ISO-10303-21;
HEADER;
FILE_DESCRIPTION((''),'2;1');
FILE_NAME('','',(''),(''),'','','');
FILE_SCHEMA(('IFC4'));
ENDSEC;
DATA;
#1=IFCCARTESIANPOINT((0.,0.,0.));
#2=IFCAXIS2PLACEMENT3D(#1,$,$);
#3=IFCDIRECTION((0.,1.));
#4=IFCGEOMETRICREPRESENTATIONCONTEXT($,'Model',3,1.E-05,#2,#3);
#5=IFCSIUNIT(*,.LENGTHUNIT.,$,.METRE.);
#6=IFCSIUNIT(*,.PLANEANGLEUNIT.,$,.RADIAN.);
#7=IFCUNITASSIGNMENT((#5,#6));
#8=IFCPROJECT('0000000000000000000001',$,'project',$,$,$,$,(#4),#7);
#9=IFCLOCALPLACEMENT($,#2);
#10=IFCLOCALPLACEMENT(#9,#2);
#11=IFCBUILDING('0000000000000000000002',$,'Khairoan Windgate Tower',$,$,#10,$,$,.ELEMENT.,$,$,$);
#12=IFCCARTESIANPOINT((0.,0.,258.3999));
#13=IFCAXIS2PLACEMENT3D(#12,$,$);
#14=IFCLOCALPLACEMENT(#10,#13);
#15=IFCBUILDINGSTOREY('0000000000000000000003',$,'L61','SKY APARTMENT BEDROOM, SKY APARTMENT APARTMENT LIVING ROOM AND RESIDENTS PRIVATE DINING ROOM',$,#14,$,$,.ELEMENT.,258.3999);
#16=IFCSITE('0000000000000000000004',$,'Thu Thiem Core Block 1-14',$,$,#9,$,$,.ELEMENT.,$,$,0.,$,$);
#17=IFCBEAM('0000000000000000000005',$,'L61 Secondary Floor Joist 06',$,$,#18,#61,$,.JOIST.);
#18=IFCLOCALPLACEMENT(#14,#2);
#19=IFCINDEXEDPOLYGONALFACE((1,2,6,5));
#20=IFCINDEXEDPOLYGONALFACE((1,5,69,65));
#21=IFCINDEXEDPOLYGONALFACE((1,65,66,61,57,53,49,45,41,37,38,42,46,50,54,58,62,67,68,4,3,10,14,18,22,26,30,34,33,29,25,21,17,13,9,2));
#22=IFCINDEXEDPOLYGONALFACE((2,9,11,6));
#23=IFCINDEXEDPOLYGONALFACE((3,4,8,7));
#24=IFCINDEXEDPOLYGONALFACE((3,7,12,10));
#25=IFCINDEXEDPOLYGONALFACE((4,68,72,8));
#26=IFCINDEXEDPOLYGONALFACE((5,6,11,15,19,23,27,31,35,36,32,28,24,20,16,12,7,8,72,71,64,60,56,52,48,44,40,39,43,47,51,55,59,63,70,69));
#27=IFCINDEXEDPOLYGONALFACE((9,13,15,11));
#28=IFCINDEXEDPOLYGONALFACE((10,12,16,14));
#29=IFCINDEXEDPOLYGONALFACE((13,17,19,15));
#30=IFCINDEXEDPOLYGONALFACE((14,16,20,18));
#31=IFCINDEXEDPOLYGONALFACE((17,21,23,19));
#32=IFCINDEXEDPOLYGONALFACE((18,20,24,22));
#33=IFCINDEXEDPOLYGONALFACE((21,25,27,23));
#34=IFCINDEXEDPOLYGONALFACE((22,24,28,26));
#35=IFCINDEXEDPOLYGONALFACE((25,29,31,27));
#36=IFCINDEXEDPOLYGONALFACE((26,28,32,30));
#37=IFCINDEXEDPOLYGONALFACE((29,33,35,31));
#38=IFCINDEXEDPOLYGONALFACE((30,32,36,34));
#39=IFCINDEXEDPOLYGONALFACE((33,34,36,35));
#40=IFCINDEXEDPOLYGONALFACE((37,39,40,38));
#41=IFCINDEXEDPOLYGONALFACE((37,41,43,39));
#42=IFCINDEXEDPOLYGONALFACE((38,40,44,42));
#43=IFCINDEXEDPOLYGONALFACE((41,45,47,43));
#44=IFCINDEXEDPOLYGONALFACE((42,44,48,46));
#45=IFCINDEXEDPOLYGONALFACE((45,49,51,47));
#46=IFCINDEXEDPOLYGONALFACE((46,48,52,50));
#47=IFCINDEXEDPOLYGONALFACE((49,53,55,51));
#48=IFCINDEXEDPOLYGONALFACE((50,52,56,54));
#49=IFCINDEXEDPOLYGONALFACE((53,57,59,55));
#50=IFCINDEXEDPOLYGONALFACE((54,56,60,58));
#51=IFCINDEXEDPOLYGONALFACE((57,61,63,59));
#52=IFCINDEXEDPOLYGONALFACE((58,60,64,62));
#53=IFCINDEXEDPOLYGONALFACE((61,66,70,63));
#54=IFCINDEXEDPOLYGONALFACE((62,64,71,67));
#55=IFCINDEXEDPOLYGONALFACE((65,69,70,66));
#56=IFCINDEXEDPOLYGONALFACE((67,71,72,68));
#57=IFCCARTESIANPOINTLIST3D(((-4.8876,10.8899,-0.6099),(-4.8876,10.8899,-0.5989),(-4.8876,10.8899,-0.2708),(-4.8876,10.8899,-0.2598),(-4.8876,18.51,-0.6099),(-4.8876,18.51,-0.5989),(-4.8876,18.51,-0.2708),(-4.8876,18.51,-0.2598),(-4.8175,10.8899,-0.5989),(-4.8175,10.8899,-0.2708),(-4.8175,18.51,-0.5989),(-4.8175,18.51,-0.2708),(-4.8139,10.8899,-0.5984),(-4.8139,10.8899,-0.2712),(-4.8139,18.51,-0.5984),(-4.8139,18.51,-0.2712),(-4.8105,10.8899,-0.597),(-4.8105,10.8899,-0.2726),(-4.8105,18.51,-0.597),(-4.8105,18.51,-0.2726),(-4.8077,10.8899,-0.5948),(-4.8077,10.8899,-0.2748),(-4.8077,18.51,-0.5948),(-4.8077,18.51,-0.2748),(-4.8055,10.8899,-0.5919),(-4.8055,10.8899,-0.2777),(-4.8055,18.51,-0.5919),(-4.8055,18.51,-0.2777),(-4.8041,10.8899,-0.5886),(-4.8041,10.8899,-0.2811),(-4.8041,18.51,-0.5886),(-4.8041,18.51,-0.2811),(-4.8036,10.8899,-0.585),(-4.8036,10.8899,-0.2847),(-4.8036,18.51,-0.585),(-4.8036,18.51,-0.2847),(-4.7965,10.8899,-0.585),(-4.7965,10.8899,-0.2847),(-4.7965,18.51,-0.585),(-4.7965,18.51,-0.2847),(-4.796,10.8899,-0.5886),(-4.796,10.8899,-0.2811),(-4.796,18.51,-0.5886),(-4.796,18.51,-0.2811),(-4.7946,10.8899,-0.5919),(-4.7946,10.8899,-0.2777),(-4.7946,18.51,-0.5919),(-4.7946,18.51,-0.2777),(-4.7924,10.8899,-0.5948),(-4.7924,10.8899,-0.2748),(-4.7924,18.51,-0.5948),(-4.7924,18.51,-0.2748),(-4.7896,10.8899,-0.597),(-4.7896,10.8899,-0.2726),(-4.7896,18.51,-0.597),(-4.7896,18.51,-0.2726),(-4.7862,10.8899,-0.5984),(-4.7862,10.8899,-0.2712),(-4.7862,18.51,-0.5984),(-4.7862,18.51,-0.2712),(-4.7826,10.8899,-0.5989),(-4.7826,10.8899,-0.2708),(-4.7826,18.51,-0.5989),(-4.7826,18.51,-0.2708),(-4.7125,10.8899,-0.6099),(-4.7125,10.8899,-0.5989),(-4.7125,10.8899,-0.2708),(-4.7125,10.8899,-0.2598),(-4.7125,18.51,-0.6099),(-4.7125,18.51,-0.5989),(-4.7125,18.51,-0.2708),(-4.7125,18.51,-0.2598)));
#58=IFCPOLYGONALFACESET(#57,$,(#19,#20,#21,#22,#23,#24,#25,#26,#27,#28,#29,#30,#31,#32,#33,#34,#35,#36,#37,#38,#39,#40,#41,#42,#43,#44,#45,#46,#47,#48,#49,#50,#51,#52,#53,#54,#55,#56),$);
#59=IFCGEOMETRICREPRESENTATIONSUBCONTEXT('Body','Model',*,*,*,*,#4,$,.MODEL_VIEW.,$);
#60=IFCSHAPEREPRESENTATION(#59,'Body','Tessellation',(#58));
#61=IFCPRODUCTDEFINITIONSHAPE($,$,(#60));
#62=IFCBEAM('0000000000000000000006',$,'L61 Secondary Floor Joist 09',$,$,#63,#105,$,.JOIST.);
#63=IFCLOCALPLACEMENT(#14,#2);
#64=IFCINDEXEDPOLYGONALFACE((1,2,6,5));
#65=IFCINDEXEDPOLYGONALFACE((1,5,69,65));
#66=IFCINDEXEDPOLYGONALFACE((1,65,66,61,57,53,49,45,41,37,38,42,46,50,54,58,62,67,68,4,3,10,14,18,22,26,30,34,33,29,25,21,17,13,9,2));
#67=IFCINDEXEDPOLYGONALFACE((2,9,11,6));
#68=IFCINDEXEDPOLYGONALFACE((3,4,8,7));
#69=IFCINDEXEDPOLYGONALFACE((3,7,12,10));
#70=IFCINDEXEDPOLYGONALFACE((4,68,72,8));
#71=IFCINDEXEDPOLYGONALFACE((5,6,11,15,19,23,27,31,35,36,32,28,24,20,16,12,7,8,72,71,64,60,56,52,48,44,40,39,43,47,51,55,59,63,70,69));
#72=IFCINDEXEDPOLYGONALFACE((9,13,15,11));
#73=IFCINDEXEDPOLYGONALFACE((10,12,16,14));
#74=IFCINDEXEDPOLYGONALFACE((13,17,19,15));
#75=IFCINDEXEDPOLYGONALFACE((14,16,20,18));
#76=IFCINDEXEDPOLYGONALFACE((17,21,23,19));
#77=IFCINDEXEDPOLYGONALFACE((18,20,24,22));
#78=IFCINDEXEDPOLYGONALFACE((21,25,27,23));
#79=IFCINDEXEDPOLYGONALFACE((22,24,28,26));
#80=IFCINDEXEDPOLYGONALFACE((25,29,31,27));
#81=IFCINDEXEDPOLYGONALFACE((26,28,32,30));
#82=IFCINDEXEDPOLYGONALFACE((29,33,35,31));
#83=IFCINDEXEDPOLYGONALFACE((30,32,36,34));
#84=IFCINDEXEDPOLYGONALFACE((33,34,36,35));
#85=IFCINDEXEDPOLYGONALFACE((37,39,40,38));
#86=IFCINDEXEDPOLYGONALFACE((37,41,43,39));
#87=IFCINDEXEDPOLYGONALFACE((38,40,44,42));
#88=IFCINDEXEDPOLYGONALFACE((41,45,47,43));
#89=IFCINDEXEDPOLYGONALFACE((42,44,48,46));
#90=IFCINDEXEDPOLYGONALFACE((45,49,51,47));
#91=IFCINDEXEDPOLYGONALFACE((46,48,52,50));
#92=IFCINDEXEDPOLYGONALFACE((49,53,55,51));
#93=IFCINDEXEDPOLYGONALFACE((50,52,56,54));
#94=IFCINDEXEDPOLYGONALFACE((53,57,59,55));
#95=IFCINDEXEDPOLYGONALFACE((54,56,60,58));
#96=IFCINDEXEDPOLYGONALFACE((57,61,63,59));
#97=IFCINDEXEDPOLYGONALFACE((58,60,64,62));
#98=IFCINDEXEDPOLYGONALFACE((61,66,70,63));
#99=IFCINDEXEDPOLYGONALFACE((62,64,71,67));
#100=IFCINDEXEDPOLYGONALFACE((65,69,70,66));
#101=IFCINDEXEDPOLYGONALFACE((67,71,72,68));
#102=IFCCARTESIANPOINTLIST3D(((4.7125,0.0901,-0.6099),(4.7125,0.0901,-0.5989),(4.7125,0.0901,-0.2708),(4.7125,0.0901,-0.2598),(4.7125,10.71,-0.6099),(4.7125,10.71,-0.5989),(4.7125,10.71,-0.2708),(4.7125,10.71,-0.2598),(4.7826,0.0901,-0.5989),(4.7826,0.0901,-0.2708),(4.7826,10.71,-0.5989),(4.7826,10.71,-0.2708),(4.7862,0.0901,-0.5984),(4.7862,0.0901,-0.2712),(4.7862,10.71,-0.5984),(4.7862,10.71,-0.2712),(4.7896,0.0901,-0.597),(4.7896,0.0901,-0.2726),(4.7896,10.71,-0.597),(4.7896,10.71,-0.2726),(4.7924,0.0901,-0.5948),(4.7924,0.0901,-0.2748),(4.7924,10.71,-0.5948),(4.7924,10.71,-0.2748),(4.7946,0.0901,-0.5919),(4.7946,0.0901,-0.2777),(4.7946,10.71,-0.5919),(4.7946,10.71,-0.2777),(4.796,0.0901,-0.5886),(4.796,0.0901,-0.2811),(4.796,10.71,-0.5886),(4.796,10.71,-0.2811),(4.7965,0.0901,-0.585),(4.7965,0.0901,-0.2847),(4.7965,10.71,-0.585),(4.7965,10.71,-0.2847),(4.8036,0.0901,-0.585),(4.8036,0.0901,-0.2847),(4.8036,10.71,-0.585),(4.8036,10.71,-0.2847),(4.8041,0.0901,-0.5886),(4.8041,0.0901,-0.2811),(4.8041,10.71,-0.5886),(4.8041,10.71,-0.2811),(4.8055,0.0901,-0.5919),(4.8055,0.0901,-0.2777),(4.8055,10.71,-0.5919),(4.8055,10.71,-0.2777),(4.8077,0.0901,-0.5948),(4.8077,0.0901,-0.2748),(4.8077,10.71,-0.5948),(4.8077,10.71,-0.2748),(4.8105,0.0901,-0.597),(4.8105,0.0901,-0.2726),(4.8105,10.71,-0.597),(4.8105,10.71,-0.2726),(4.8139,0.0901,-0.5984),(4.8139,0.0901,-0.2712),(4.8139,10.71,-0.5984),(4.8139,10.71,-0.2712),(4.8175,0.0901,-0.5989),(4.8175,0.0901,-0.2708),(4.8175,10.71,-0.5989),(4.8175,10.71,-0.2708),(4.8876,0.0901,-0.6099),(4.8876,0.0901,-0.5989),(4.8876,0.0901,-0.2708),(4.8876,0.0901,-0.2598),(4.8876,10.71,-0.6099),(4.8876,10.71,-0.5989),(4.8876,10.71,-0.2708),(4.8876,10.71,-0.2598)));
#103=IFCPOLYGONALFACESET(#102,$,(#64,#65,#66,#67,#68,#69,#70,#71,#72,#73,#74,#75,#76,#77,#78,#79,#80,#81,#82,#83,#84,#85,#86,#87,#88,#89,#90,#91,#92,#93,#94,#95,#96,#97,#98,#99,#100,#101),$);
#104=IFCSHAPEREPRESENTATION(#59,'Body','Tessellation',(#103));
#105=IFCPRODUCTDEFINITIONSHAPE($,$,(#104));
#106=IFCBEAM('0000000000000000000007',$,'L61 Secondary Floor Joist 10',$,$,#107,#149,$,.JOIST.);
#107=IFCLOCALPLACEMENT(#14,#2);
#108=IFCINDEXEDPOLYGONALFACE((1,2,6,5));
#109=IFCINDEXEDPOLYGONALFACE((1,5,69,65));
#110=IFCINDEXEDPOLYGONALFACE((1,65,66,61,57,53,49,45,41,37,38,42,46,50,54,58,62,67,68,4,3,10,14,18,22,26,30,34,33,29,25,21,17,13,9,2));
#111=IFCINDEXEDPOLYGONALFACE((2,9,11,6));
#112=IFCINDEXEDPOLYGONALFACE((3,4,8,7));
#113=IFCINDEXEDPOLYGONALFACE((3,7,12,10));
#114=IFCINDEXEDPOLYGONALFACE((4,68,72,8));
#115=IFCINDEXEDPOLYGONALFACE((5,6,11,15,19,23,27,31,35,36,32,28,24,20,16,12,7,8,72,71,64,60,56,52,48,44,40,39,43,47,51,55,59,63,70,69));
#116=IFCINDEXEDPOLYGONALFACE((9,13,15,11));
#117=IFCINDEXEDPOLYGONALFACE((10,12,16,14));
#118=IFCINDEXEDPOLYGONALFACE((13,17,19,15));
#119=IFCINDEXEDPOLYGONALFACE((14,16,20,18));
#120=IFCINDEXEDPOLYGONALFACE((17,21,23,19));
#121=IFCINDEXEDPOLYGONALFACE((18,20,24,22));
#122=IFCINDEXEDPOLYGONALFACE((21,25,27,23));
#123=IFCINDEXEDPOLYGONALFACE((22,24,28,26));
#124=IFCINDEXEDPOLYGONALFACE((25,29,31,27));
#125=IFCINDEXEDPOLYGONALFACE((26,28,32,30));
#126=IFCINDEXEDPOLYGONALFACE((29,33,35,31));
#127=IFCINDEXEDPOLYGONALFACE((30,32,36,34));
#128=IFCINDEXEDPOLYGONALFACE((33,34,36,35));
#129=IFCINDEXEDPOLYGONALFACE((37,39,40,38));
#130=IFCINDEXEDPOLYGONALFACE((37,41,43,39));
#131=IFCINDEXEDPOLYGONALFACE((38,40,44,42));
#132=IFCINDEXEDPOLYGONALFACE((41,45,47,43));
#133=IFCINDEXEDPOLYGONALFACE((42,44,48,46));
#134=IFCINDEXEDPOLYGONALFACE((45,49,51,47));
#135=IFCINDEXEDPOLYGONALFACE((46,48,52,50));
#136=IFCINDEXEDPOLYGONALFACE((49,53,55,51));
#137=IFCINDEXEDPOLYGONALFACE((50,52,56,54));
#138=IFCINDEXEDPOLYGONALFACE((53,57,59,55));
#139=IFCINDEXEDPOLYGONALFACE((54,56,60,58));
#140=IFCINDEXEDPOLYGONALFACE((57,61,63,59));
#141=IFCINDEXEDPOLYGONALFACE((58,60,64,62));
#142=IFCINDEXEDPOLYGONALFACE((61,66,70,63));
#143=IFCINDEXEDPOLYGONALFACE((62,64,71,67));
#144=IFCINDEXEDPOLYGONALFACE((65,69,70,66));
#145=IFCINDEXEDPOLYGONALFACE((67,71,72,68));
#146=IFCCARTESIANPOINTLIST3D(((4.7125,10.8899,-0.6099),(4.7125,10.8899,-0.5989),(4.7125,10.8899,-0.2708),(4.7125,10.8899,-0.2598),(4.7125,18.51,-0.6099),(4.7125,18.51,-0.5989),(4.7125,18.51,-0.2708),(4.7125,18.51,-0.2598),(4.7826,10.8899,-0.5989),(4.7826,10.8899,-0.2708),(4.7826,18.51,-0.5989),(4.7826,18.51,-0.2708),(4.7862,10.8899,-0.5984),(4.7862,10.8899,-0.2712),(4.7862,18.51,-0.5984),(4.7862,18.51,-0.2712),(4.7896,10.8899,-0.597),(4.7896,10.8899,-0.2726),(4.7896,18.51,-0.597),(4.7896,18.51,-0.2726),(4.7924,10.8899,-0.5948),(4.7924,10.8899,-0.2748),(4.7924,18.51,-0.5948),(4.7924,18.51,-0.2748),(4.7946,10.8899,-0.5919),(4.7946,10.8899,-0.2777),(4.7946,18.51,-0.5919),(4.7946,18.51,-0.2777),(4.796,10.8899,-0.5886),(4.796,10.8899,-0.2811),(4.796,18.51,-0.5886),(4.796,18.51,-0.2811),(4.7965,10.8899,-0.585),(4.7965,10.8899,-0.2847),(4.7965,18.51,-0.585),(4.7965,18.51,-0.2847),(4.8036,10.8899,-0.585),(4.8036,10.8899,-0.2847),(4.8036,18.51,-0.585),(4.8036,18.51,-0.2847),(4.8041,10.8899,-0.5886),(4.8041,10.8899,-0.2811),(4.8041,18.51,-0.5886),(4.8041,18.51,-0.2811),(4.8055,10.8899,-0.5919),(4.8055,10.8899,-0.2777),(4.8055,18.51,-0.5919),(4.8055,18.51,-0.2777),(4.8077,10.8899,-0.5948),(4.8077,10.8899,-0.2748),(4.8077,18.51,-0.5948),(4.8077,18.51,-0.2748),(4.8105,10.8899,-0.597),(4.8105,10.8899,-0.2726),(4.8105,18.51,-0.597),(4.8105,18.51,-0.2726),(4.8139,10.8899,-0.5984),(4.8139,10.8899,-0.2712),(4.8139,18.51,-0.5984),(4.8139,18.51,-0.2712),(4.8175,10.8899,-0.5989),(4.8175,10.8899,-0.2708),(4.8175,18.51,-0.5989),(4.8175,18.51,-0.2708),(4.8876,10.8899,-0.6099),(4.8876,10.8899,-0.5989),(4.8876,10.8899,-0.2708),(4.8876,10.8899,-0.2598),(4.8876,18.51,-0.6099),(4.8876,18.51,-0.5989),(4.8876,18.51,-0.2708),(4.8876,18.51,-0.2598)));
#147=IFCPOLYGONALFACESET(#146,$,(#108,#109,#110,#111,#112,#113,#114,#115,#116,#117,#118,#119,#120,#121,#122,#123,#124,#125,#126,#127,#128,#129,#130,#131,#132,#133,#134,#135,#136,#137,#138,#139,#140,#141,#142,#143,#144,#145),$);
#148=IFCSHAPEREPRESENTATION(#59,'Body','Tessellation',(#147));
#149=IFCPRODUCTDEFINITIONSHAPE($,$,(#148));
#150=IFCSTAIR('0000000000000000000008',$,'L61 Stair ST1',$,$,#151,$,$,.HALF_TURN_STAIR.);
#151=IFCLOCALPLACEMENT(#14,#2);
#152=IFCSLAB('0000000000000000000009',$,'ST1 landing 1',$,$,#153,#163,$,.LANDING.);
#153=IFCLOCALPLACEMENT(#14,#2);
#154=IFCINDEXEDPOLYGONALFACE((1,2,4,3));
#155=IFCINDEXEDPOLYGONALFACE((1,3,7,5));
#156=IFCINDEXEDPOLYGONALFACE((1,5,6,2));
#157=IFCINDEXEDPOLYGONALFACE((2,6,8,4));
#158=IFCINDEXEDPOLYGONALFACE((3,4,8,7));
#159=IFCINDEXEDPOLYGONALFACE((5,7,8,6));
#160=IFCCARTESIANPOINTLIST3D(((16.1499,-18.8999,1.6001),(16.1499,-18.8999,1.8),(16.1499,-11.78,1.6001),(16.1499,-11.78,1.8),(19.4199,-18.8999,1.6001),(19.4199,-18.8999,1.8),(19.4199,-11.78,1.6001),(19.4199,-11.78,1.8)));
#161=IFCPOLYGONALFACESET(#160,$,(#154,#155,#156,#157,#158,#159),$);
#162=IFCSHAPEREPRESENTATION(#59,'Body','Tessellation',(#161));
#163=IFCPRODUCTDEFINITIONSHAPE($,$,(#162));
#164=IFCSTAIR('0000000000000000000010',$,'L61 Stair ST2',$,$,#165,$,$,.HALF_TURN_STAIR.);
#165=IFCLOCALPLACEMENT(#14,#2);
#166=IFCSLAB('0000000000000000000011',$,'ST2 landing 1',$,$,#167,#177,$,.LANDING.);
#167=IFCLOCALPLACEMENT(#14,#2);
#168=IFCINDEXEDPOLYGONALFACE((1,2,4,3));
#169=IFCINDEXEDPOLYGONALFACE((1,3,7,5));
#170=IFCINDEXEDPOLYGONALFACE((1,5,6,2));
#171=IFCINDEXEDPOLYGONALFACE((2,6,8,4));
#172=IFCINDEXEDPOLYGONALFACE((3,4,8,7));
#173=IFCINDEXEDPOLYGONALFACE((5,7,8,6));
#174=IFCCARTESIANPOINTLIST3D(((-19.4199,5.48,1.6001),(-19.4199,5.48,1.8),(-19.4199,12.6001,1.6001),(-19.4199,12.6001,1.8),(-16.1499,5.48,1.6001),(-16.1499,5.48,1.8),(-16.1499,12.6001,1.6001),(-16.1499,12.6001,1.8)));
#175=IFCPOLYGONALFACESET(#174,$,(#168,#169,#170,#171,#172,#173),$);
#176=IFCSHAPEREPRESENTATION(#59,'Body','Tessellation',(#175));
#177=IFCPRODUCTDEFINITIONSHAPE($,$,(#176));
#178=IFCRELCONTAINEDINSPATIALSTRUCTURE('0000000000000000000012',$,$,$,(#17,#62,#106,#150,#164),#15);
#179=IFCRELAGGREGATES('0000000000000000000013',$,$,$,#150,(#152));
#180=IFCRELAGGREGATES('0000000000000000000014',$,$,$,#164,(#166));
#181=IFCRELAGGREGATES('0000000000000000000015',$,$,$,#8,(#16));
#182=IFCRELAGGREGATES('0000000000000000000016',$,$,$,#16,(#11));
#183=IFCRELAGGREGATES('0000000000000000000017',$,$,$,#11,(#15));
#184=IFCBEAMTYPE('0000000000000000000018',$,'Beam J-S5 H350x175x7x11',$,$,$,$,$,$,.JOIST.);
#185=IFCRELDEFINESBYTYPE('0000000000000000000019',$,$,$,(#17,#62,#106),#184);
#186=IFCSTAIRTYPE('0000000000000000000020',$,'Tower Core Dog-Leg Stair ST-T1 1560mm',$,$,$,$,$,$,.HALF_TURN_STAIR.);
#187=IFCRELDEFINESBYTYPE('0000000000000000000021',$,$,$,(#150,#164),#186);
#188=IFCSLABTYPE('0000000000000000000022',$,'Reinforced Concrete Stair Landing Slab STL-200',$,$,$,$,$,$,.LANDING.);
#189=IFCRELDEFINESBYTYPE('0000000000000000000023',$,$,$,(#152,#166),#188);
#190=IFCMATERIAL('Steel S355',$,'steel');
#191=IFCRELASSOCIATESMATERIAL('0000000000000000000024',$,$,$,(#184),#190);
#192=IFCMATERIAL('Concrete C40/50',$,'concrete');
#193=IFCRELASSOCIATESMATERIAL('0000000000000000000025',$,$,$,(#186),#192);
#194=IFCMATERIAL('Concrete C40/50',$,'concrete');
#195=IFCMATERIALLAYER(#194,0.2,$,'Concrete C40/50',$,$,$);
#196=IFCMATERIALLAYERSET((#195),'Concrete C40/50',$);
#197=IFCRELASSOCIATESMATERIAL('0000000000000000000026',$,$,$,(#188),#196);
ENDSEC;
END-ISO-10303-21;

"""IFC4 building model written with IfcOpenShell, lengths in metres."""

from ifc_helpers import new_model, si_unit, direction, frame, origin, origin_2d, place, context, subcontext, project, spatial, polyline, i_section, outline, extrude, material, layer, layer_set, material_profile, profile_set, type_object, element, aggregate, save


model = new_model("IFC4")

# Units and contexts
model_context = context("Model", 3, precision=1e-05, world=origin(), true_north=direction((0.0, 1.0)))
body_context = subcontext(model_context, "Body", "Model", "MODEL_VIEW")
ifc_project = project(units=[si_unit("LENGTHUNIT", "METRE"), si_unit("PLANEANGLEUNIT", "RADIAN")], contexts=[model_context])

# Site, building, storey
site_placement = place(None, origin())
site = spatial("IfcSite", under=ifc_project, at=site_placement, Name="Thu Thiem Core Block 1-14", CompositionType="ELEMENT", RefElevation=0.0)
building_placement = place(site_placement, origin())
building = spatial("IfcBuilding", under=site, at=building_placement, Name="Khairoan Windgate Tower", CompositionType="ELEMENT")
storey_placement = place(building_placement, frame((0.0, 0.0, 258.3999)))
storey = spatial("IfcBuildingStorey", under=building, at=storey_placement, Name="L61", Description="SKY APARTMENT BEDROOM, SKY APARTMENT APARTMENT LIVING ROOM AND RESIDENTS PRIVATE DINING ROOM", CompositionType="ELEMENT", Elevation=258.3999)

# Beams
ifc_material_1 = material(Name="Steel S355", Category="steel")
ifc_material_profile_1 = material_profile(ifc_material_1, i_section(OverallWidth=0.175, OverallDepth=0.3501, WebThickness=0.0071, FlangeThickness=0.011, FilletRadius=0.0139, at=origin_2d()))
ifc_profile_set_1 = profile_set([ifc_material_profile_1], Name="Steel S355")
beam_type_1 = type_object("IfcBeamType", Name="Beam J-S5 H350x175x7x11", PredefinedType="JOIST", material=ifc_profile_set_1)
beam_1_placement = place(storey_placement, frame((-4.8, 10.8899, -0.4348), z_axis=(0.0, 1.0, 0.0), x_axis=(-1.0, 0.0, 0.0)))
element("IfcBeam", 1, at=beam_1_placement, inside=storey, type_object=beam_type_1, Name="L61 Secondary Floor Joist 06", PredefinedType="JOIST", context=body_context, shape_type="SweptSolid", body=[
    extrude(i_section(OverallWidth=0.175, OverallDepth=0.3501, WebThickness=0.0071, FlangeThickness=0.011, FilletRadius=0.0139, at=origin_2d()), origin(), (0.0, 0.0, 1.0), 7.6201),
])
beam_2_placement = place(storey_placement, frame((4.8, 0.0901, -0.4348), z_axis=(0.0, 1.0, 0.0), x_axis=(-1.0, 0.0, 0.0)))
element("IfcBeam", 2, at=beam_2_placement, inside=storey, type_object=beam_type_1, Name="L61 Secondary Floor Joist 09", PredefinedType="JOIST", context=body_context, shape_type="SweptSolid", body=[
    extrude(i_section(OverallWidth=0.175, OverallDepth=0.3501, WebThickness=0.0071, FlangeThickness=0.011, FilletRadius=0.0139, at=origin_2d()), origin(), (0.0, 0.0, 1.0), 10.6199),
])
beam_3_placement = place(storey_placement, frame((4.8, 10.8899, -0.4348), z_axis=(0.0, 1.0, 0.0), x_axis=(-1.0, 0.0, 0.0)))
element("IfcBeam", 3, at=beam_3_placement, inside=storey, type_object=beam_type_1, Name="L61 Secondary Floor Joist 10", PredefinedType="JOIST", context=body_context, shape_type="SweptSolid", body=[
    extrude(i_section(OverallWidth=0.175, OverallDepth=0.3501, WebThickness=0.0071, FlangeThickness=0.011, FilletRadius=0.0139, at=origin_2d()), origin(), (0.0, 0.0, 1.0), 7.6201),
])

# Stairs, slabs
ifc_material_2 = material(Name="Concrete C40/50", Category="concrete")
stair_type = type_object("IfcStairType", Name="Tower Core Dog-Leg Stair ST-T1 1560mm", PredefinedType="HALF_TURN_STAIR", material=ifc_material_2)
stair_1_placement = place(storey_placement, origin())
stair_1 = element("IfcStair", 4, at=stair_1_placement, inside=storey, type_object=stair_type, Name="L61 Stair ST1", PredefinedType="HALF_TURN_STAIR")
ifc_material_3 = material(Name="Concrete C40/50", Category="concrete")
ifc_layer_1 = layer(ifc_material_3, 0.2, Name="Concrete C40/50")
ifc_layer_set_1 = layer_set([ifc_layer_1], Name="Concrete C40/50")
slab_type_1 = type_object("IfcSlabType", Name="Reinforced Concrete Stair Landing Slab STL-200", PredefinedType="LANDING", material=ifc_layer_set_1)
slab_1_placement = place(storey_placement, frame((0.0, 0.0, 1.6001)))
slab_1 = element("IfcSlab", 5, at=slab_1_placement, type_object=slab_type_1, Name="ST1 landing 1", PredefinedType="LANDING", context=body_context, shape_type="SweptSolid", body=[
    extrude(outline(polyline([(16.1499, -11.78), (16.1499, -18.8999), (19.4199, -18.8999), (19.4199, -11.78), (16.1499, -11.78)])), origin(), (0.0, 0.0, 1.0), 0.2),
])
aggregate(stair_1, [slab_1])
stair_2_placement = place(storey_placement, origin())
stair_2 = element("IfcStair", 6, at=stair_2_placement, inside=storey, type_object=stair_type, Name="L61 Stair ST2", PredefinedType="HALF_TURN_STAIR")
slab_2_placement = place(storey_placement, frame((0.0, 0.0, 1.6001)))
slab_2 = element("IfcSlab", 7, at=slab_2_placement, type_object=slab_type_1, Name="ST2 landing 1", PredefinedType="LANDING", context=body_context, shape_type="SweptSolid", body=[
    extrude(outline(polyline([(-16.1499, 5.48), (-16.1499, 12.6001), (-19.4199, 12.6001), (-19.4199, 5.48), (-16.1499, 5.48)])), origin(), (0.0, 0.0, 1.0), 0.2),
])
aggregate(stair_2, [slab_2])

save(model, "model.ifc")
